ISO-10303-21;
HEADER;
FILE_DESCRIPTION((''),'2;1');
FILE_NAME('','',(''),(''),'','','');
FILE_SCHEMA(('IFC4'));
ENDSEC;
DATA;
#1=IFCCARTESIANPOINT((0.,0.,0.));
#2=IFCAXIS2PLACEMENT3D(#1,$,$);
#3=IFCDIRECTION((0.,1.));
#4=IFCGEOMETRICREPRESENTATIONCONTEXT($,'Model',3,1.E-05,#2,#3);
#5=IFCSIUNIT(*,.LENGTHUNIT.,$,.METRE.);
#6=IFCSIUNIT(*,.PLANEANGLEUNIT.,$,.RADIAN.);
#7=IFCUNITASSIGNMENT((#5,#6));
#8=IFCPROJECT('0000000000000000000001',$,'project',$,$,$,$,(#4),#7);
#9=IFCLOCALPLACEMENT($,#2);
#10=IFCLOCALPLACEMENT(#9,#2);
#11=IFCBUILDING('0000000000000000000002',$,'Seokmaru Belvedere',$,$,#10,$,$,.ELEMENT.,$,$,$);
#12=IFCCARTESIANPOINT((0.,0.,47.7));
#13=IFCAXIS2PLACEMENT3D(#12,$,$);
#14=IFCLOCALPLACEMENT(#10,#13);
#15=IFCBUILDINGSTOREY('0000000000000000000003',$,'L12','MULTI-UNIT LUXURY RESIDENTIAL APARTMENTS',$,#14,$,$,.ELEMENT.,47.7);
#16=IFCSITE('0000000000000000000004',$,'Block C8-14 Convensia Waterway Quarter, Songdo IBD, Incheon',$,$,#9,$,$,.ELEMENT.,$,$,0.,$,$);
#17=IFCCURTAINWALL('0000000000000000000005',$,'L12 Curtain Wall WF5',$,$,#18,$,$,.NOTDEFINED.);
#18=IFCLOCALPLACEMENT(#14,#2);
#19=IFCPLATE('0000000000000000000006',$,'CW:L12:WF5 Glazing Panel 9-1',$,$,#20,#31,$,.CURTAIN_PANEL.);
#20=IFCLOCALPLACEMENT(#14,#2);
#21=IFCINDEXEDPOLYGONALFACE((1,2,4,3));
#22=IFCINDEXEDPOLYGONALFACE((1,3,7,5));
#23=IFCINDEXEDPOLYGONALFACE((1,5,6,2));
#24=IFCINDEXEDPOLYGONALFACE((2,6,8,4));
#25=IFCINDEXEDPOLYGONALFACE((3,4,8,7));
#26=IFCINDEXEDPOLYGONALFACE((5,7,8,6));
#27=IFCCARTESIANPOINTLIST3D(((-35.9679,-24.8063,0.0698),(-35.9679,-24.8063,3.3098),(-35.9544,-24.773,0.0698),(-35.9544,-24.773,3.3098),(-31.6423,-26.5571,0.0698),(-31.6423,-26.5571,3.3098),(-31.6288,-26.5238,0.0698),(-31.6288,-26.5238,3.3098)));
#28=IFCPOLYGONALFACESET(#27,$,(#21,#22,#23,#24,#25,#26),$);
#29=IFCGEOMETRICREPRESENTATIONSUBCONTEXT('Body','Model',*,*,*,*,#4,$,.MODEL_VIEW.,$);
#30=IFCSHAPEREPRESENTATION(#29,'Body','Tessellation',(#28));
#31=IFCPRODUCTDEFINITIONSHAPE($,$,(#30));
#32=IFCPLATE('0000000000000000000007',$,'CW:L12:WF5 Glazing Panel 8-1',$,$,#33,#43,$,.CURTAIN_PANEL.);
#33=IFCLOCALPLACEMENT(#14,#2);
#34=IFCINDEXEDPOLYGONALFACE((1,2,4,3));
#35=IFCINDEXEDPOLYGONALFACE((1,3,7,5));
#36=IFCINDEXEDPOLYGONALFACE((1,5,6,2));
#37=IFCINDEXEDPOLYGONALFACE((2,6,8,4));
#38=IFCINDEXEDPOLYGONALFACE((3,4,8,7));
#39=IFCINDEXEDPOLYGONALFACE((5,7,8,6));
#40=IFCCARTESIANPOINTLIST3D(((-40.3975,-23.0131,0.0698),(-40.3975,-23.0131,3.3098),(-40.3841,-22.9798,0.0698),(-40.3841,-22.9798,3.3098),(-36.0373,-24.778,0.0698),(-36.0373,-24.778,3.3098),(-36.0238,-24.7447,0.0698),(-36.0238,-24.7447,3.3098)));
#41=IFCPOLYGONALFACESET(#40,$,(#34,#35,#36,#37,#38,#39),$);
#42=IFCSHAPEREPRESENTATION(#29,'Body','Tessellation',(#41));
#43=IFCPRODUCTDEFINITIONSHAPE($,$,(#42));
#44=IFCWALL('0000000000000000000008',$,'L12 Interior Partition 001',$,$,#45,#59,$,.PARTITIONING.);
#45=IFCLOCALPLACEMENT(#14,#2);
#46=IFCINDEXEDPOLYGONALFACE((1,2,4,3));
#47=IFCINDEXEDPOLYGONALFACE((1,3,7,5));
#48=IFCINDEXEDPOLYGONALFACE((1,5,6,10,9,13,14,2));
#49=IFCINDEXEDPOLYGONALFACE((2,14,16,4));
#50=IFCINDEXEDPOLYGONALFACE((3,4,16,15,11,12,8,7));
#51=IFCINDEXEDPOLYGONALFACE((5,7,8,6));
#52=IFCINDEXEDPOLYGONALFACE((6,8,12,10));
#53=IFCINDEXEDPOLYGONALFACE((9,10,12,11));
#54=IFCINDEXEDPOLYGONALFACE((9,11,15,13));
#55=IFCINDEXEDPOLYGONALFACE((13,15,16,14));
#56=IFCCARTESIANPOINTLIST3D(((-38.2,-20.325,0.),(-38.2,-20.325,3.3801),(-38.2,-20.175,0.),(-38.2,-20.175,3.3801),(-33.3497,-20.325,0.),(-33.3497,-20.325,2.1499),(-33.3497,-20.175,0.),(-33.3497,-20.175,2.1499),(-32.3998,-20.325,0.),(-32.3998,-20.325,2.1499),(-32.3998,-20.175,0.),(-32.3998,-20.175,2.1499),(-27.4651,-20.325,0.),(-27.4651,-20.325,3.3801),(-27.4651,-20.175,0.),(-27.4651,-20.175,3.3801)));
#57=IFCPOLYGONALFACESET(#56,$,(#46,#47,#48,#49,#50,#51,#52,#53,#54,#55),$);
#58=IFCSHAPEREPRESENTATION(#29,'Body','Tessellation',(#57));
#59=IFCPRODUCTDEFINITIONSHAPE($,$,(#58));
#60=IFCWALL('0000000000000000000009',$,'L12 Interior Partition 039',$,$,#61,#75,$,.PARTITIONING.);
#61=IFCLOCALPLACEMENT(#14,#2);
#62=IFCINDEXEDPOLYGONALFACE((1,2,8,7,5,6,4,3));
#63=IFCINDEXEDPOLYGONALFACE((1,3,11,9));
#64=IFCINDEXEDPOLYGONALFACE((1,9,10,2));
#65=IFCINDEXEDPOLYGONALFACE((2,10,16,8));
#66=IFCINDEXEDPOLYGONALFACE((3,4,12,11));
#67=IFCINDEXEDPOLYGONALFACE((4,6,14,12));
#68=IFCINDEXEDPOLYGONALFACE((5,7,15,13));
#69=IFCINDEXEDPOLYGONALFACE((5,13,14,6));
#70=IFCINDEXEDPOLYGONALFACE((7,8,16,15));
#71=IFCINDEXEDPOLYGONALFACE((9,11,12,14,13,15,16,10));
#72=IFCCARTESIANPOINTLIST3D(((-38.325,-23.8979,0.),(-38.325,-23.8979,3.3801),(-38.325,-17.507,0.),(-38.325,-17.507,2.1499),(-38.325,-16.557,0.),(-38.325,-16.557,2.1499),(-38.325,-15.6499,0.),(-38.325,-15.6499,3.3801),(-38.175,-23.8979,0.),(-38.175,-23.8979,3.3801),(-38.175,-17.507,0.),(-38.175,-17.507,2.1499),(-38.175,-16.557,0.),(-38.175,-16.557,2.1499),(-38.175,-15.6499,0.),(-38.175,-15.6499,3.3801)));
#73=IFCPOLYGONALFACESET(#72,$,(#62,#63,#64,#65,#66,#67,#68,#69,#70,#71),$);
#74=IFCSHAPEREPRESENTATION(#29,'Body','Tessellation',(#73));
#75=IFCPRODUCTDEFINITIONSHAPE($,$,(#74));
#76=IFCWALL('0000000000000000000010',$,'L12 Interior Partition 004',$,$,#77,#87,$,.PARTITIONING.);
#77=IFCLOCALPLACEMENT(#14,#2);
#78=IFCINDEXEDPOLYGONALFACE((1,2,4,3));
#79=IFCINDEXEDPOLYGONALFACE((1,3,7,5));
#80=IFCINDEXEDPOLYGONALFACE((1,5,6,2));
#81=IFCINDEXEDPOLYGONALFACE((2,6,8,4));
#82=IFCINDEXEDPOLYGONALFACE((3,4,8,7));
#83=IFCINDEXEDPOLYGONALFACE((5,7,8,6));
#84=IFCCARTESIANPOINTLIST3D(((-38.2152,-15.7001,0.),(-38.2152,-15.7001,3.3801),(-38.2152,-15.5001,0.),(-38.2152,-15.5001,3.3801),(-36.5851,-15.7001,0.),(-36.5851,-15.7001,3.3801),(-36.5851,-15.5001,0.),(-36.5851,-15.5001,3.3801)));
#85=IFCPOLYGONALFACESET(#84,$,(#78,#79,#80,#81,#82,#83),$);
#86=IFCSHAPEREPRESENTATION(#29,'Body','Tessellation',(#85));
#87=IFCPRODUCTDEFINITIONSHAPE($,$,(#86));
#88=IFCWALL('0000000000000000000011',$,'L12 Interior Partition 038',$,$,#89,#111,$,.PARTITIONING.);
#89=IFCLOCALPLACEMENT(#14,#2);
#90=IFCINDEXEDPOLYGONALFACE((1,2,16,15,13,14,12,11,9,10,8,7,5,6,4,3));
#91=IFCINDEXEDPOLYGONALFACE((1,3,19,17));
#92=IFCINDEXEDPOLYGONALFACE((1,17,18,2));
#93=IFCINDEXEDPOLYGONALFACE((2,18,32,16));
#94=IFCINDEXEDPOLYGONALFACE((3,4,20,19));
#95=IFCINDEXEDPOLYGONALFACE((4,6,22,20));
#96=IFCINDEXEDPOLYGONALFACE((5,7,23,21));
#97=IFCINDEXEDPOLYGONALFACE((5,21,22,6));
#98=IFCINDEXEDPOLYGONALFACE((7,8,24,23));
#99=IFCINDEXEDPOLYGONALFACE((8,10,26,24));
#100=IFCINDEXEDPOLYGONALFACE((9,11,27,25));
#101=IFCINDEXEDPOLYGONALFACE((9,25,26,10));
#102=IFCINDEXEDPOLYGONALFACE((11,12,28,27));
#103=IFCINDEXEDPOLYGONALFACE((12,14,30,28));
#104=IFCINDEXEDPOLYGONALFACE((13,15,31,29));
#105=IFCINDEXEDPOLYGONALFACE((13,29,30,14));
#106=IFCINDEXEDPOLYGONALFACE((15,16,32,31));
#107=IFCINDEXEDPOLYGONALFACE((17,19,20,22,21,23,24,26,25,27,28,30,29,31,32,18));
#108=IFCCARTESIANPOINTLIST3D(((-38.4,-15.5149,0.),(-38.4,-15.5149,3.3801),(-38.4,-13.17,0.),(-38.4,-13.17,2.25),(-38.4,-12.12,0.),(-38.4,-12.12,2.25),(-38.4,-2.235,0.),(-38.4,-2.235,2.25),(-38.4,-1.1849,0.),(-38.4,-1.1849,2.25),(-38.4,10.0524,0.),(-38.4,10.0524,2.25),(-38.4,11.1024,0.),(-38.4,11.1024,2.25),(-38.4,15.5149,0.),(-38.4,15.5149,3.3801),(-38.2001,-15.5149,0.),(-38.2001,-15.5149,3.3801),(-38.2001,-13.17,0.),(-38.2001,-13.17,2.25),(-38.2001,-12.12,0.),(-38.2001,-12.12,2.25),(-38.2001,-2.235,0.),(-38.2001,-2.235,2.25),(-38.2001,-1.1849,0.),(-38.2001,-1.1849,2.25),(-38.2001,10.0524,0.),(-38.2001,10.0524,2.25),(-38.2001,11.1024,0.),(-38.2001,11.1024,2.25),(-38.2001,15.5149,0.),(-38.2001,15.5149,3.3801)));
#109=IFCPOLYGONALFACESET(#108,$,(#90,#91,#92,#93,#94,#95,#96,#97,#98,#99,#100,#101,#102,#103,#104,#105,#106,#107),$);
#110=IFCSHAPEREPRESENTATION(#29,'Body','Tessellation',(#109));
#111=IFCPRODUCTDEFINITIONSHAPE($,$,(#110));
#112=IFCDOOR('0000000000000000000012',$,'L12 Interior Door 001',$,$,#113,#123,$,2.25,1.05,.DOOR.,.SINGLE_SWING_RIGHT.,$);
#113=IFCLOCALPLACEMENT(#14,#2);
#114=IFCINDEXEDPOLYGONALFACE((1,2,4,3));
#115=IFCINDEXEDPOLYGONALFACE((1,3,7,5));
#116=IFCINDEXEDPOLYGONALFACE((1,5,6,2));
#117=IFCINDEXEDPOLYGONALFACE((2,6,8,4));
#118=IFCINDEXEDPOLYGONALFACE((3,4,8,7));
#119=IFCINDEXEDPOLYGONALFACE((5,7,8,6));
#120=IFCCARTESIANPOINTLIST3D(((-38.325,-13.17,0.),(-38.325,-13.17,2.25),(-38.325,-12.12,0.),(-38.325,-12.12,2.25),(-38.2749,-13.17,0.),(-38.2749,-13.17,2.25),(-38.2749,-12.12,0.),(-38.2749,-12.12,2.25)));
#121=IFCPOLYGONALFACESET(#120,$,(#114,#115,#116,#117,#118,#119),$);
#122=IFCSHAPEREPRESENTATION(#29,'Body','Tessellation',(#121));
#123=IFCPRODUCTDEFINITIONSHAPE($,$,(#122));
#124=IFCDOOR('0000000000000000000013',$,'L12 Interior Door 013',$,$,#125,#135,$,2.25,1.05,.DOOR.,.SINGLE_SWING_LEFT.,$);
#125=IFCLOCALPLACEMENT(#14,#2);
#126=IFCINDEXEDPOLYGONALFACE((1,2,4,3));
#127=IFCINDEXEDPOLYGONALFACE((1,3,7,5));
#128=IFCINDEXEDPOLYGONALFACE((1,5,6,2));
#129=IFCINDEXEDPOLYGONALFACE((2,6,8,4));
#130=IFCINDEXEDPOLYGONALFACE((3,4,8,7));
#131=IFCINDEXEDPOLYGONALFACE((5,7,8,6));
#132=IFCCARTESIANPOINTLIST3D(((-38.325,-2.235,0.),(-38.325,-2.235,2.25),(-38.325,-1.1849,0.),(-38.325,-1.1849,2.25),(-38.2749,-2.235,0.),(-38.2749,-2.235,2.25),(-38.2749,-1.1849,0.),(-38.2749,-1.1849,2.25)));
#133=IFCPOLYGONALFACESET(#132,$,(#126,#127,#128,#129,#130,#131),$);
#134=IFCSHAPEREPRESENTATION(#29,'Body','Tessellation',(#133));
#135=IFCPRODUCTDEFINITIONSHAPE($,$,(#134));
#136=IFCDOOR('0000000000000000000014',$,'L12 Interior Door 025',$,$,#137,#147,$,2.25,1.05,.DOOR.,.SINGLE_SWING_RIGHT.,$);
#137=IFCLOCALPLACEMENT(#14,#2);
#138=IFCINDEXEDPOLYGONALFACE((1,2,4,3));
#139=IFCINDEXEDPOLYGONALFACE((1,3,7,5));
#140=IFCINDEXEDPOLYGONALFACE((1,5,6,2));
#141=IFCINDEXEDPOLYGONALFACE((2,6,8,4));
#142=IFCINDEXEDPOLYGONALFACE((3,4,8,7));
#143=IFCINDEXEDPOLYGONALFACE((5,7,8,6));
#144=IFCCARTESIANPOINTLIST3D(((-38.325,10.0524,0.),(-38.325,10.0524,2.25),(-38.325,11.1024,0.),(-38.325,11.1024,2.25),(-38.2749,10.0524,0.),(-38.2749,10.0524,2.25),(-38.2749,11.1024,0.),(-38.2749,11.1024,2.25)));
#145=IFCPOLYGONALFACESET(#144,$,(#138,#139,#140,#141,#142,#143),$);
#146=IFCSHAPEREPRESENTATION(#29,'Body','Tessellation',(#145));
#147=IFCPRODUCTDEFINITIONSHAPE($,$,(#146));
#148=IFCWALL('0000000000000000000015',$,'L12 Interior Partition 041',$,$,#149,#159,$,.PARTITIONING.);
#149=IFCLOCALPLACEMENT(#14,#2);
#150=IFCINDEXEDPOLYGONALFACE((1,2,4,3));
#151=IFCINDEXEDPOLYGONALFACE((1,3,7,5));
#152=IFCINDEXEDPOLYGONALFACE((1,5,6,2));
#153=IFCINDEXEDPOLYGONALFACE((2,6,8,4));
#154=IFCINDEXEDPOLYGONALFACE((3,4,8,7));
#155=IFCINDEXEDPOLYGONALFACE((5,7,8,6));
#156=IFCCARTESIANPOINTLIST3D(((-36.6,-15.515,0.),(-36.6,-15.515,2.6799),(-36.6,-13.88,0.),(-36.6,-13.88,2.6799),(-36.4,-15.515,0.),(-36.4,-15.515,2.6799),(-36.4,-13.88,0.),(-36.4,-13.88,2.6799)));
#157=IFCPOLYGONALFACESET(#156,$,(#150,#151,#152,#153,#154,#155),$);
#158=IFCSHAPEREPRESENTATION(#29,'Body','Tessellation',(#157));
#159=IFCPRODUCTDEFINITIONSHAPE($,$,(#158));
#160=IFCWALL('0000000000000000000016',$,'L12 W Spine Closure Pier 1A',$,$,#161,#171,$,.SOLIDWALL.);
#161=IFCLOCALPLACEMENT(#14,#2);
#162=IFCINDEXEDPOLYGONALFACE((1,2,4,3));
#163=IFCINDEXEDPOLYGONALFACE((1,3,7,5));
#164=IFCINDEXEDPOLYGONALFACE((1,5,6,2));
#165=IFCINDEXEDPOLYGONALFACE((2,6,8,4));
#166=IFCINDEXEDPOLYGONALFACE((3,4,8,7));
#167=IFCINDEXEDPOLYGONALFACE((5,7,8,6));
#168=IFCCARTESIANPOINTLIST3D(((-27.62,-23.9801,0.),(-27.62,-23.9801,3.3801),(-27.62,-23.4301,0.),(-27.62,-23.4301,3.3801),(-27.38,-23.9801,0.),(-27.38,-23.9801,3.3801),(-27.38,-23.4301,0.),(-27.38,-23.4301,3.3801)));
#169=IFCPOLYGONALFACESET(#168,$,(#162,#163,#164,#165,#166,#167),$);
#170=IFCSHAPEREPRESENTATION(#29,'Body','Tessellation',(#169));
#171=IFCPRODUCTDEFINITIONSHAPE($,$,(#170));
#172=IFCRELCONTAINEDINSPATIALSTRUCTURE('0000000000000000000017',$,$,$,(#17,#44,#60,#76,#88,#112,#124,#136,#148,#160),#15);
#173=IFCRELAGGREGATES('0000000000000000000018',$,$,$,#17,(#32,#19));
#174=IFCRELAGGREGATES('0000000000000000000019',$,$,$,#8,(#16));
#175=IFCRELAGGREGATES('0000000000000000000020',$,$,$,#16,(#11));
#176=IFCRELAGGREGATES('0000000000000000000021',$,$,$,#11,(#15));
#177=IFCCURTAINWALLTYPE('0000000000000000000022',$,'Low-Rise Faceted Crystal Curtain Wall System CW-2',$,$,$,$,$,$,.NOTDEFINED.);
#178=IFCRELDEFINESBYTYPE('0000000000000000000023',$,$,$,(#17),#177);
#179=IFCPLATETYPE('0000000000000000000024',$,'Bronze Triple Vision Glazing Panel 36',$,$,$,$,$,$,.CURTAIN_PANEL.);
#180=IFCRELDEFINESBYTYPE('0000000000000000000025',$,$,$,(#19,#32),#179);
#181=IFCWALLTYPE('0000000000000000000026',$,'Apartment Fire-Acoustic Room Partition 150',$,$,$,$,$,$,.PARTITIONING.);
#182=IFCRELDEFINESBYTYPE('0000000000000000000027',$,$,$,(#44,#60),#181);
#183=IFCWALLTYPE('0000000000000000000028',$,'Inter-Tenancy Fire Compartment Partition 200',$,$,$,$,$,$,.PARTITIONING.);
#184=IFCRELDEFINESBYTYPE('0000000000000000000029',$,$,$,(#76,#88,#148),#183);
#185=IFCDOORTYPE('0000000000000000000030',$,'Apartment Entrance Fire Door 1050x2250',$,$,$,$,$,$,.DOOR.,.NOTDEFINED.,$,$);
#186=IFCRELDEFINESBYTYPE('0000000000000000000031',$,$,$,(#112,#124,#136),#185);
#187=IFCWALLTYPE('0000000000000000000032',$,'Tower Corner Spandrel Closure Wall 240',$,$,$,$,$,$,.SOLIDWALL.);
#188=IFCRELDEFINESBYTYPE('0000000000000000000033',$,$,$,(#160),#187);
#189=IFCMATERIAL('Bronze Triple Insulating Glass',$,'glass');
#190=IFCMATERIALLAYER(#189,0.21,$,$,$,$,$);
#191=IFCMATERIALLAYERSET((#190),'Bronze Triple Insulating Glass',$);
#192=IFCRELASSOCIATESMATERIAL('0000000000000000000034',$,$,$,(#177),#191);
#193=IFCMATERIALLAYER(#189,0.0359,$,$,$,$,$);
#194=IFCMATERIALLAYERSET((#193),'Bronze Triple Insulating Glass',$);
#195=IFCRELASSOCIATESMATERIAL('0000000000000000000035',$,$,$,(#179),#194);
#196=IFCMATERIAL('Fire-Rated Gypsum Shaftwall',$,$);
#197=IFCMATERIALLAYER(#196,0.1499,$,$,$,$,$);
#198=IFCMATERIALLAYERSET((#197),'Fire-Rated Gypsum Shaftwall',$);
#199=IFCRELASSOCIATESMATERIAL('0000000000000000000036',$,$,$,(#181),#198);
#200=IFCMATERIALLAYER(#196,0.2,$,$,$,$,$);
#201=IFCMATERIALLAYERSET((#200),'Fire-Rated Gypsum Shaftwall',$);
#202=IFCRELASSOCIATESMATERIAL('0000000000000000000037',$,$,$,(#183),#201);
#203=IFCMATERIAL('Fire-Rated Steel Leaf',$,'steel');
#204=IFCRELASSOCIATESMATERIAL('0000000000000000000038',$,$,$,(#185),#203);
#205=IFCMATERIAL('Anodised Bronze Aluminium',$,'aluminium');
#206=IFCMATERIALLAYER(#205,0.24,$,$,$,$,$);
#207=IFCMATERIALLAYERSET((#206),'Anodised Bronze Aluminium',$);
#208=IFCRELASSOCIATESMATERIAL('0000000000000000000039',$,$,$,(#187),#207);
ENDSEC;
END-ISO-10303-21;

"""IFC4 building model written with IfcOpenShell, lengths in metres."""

from ifc_helpers import new_model, si_unit, direction, frame, frame_2d, origin, origin_2d, place, context, subcontext, project, spatial, rectangle, extrude, source, transform, mapped, material, layer, layer_set, type_object, type_shapes, element, fill, aggregate, save


model = new_model("IFC4")

# Units and contexts
model_context = context("Model", 3, precision=1e-05, world=origin(), true_north=direction((0.0, 1.0)))
body_context = subcontext(model_context, "Body", "Model", "MODEL_VIEW")
ifc_project = project(units=[si_unit("LENGTHUNIT", "METRE"), si_unit("PLANEANGLEUNIT", "RADIAN")], contexts=[model_context])

# Site, building, storey
site_placement = place(None, origin())
site = spatial("IfcSite", under=ifc_project, at=site_placement, Name="Block C8-14 Convensia Waterway Quarter, Songdo IBD, Incheon", CompositionType="ELEMENT", RefElevation=0.0)
building_placement = place(site_placement, origin())
building = spatial("IfcBuilding", under=site, at=building_placement, Name="Seokmaru Belvedere", CompositionType="ELEMENT")
storey_placement = place(building_placement, frame((0.0, 0.0, 47.7)))
storey = spatial("IfcBuildingStorey", under=building, at=storey_placement, Name="L12", Description="MULTI-UNIT LUXURY RESIDENTIAL APARTMENTS", CompositionType="ELEMENT", Elevation=47.7)

# Curtain wall
ifc_material_1 = material(Name="Bronze Triple Insulating Glass", Category="glass")
ifc_layer_1 = layer(ifc_material_1, 0.21)
ifc_layer_set_1 = layer_set([ifc_layer_1], Name="Bronze Triple Insulating Glass")
curtain_wall_type = type_object("IfcCurtainWallType", Name="Low-Rise Faceted Crystal Curtain Wall System CW-2", PredefinedType="NOTDEFINED", material=ifc_layer_set_1)
ifc_material_2 = material(Name="Anodised Bronze Aluminium", Category="aluminium")
curtain_wall_1_placement = place(storey_placement, origin())
curtain_wall_1 = element("IfcCurtainWall", 1, at=curtain_wall_1_placement, inside=storey, type_object=curtain_wall_type, Name="L12 Curtain Wall WF5", PredefinedType="NOTDEFINED")

# Plates
ifc_layer_2 = layer(ifc_material_1, 0.0359)
ifc_layer_set_2 = layer_set([ifc_layer_2], Name="Bronze Triple Insulating Glass")
plate_type = type_object("IfcPlateType", Name="Bronze Triple Vision Glazing Panel 36", PredefinedType="CURTAIN_PANEL", material=ifc_layer_set_2)
shared_shape_1 = source(origin(), body_context, "Body", "SweptSolid", [
    extrude(rectangle(XDim=4.6665, YDim=0.0359, at=origin_2d()), origin(), (0.0, 0.0, 1.0), 3.24),
])
plate_1_placement = place(storey_placement, frame((-33.7983, -25.665, 0.0698), z_axis=(0.0, 0.0, 1.0), x_axis=(0.926947, -0.375192, 0.0)))
plate_1 = element("IfcPlate", 2, at=plate_1_placement, type_object=plate_type, Name="CW:L12:WF5 Glazing Panel 9-1", PredefinedType="CURTAIN_PANEL", context=body_context, shape_type="MappedRepresentation", body=[
    mapped(shared_shape_1, transform((0.0, 0.0, 0.0), scale=1.0)),
])
shared_shape_2 = source(origin(), body_context, "Body", "SweptSolid", [
    extrude(rectangle(XDim=4.7039, YDim=0.0359, at=origin_2d()), origin(), (0.0, 0.0, 1.0), 3.24),
])
plate_2_placement = place(storey_placement, frame((-38.2107, -23.8789, 0.0698), z_axis=(0.0, 0.0, 1.0), x_axis=(0.926947, -0.375192, 0.0)))
plate_2 = element("IfcPlate", 3, at=plate_2_placement, type_object=plate_type, Name="CW:L12:WF5 Glazing Panel 8-1", PredefinedType="CURTAIN_PANEL", context=body_context, shape_type="MappedRepresentation", body=[
    mapped(shared_shape_2, transform((0.0, 0.0, 0.0), scale=1.0)),
])
aggregate(curtain_wall_1, [plate_2, plate_1])

# Walls, openings
ifc_material_3 = material(Name="Fire-Rated Gypsum Shaftwall")
ifc_layer_3 = layer(ifc_material_3, 0.1499)
ifc_layer_set_3 = layer_set([ifc_layer_3], Name="Fire-Rated Gypsum Shaftwall")
wall_type_1 = type_object("IfcWallType", Name="Apartment Fire-Acoustic Room Partition 150", PredefinedType="PARTITIONING", material=ifc_layer_set_3)
wall_1_placement = place(storey_placement, frame((-38.2, -20.25, 0.0), z_axis=(0.0, 0.0, 1.0), x_axis=(1.0, 0.0, 0.0)))
wall_1 = element("IfcWall", 4, at=wall_1_placement, inside=storey, type_object=wall_type_1, Name="L12 Interior Partition 001", PredefinedType="PARTITIONING", context=body_context, shape_type="SweptSolid", body=[
    extrude(rectangle(XDim=10.7349, YDim=0.1499, at=frame_2d((5.3674, 0.0))), origin(), (0.0, 0.0, 1.0), 3.3801),
])
opening_1_placement = place(wall_1_placement, frame((4.8501, 0.0, 0.0)))
element("IfcOpeningElement", 5, at=opening_1_placement, cuts=wall_1, PredefinedType="OPENING", context=body_context, shape_type="SweptSolid", body=[
    extrude(rectangle(XDim=0.95, YDim=2.1499, at=frame_2d((0.4751, 1.075))), frame((0.0, 0.085, 0.0), z_axis=(0.0, -1.0, 0.0), x_axis=(1.0, 0.0, 0.0)), (0.0, 0.0, 1.0), 0.1699),
])
wall_2_placement = place(storey_placement, frame((-38.25, -23.8979, 0.0), z_axis=(0.0, 0.0, 1.0), x_axis=(0.0, 1.0, 0.0)))
wall_2 = element("IfcWall", 6, at=wall_2_placement, inside=storey, type_object=wall_type_1, Name="L12 Interior Partition 039", PredefinedType="PARTITIONING", context=body_context, shape_type="SweptSolid", body=[
    extrude(rectangle(XDim=8.248, YDim=0.1499, at=frame_2d((4.124, 0.0))), origin(), (0.0, 0.0, 1.0), 3.3801),
])
opening_2_placement = place(wall_2_placement, frame((6.3909, 0.0, 0.0)))
element("IfcOpeningElement", 7, at=opening_2_placement, cuts=wall_2, PredefinedType="OPENING", context=body_context, shape_type="SweptSolid", body=[
    extrude(rectangle(XDim=0.95, YDim=2.1499, at=frame_2d((0.4751, 1.075))), frame((0.0, 0.085, 0.0), z_axis=(0.0, -1.0, 0.0), x_axis=(1.0, 0.0, 0.0)), (0.0, 0.0, 1.0), 0.1699),
])

# Wall
ifc_layer_4 = layer(ifc_material_3, 0.2)
ifc_layer_set_4 = layer_set([ifc_layer_4], Name="Fire-Rated Gypsum Shaftwall")
wall_type_2 = type_object("IfcWallType", Name="Inter-Tenancy Fire Compartment Partition 200", PredefinedType="PARTITIONING", material=ifc_layer_set_4)
wall_3_placement = place(storey_placement, frame((-38.2151, -15.6001, 0.0), z_axis=(0.0, 0.0, 1.0), x_axis=(1.0, 0.0, 0.0)))
element("IfcWall", 8, at=wall_3_placement, inside=storey, type_object=wall_type_2, Name="L12 Interior Partition 004", PredefinedType="PARTITIONING", context=body_context, shape_type="SweptSolid", body=[
    extrude(rectangle(XDim=1.6301, YDim=0.2, at=frame_2d((0.8149, 0.0))), origin(), (0.0, 0.0, 1.0), 3.3801),
])

# Wall, openings, doors
wall_4_placement = place(storey_placement, frame((-38.3, -15.5149, 0.0), z_axis=(0.0, 0.0, 1.0), x_axis=(0.0, 1.0, 0.0)))
wall_4 = element("IfcWall", 9, at=wall_4_placement, inside=storey, type_object=wall_type_2, Name="L12 Interior Partition 038", PredefinedType="PARTITIONING", context=body_context, shape_type="SweptSolid", body=[
    extrude(rectangle(XDim=31.0298, YDim=0.2, at=frame_2d((15.5149, 0.0))), origin(), (0.0, 0.0, 1.0), 3.3801),
])
opening_3_placement = place(wall_4_placement, frame((2.345, 0.0, 0.0)))
opening_3 = element("IfcOpeningElement", 10, at=opening_3_placement, cuts=wall_4, PredefinedType="OPENING", context=body_context, shape_type="SweptSolid", body=[
    extrude(rectangle(XDim=1.05, YDim=2.25, at=frame_2d((0.5249, 1.125))), frame((0.0, 0.1099, 0.0), z_axis=(0.0, -1.0, 0.0), x_axis=(1.0, 0.0, 0.0)), (0.0, 0.0, 1.0), 0.22),
])
opening_4_placement = place(wall_4_placement, frame((13.28, 0.0, 0.0)))
opening_4 = element("IfcOpeningElement", 11, at=opening_4_placement, cuts=wall_4, PredefinedType="OPENING", context=body_context, shape_type="SweptSolid", body=[
    extrude(rectangle(XDim=1.05, YDim=2.25, at=frame_2d((0.5249, 1.125))), frame((0.0, 0.1099, 0.0), z_axis=(0.0, -1.0, 0.0), x_axis=(1.0, 0.0, 0.0)), (0.0, 0.0, 1.0), 0.22),
])
opening_5_placement = place(wall_4_placement, frame((25.5674, 0.0, 0.0)))
opening_5 = element("IfcOpeningElement", 12, at=opening_5_placement, cuts=wall_4, PredefinedType="OPENING", context=body_context, shape_type="SweptSolid", body=[
    extrude(rectangle(XDim=1.05, YDim=2.25, at=frame_2d((0.5249, 1.125))), frame((0.0, 0.1099, 0.0), z_axis=(0.0, -1.0, 0.0), x_axis=(1.0, 0.0, 0.0)), (0.0, 0.0, 1.0), 0.22),
])
ifc_material_4 = material(Name="Fire-Rated Steel Leaf", Category="steel")
door_type = type_object("IfcDoorType", Name="Apartment Entrance Fire Door 1050x2250", OperationType="NOTDEFINED", PredefinedType="DOOR", material=ifc_material_4)
shared_shape_3 = source(origin(), body_context, "Body", "SweptSolid", [
    extrude(rectangle(XDim=1.05, YDim=2.25, at=frame_2d((0.5249, 1.125))), frame((0.0, 0.0249, 0.0), z_axis=(0.0, -1.0, 0.0), x_axis=(1.0, 0.0, 0.0)), (0.0, 0.0, 1.0), 0.05),
])
type_shapes(door_type, [shared_shape_3])
door_1_placement = place(opening_3_placement, origin())
door_1 = element("IfcDoor", 13, at=door_1_placement, inside=storey, type_object=door_type, Name="L12 Interior Door 001", OperationType="SINGLE_SWING_RIGHT", OverallHeight=2.25, OverallWidth=1.05, PredefinedType="DOOR", context=body_context, shape_type="MappedRepresentation", body=[
    mapped(shared_shape_3, transform((0.0, 0.0, 0.0), scale=1.0)),
])
fill(opening_3, door_1)
door_2_placement = place(opening_4_placement, origin())
door_2 = element("IfcDoor", 14, at=door_2_placement, inside=storey, type_object=door_type, Name="L12 Interior Door 013", OperationType="SINGLE_SWING_LEFT", OverallHeight=2.25, OverallWidth=1.05, PredefinedType="DOOR", context=body_context, shape_type="MappedRepresentation", body=[
    mapped(shared_shape_3, transform((0.0, 0.0, 0.0), scale=1.0)),
])
fill(opening_4, door_2)
door_3_placement = place(opening_5_placement, origin())
door_3 = element("IfcDoor", 15, at=door_3_placement, inside=storey, type_object=door_type, Name="L12 Interior Door 025", OperationType="SINGLE_SWING_RIGHT", OverallHeight=2.25, OverallWidth=1.05, PredefinedType="DOOR", context=body_context, shape_type="MappedRepresentation", body=[
    mapped(shared_shape_3, transform((0.0, 0.0, 0.0), scale=1.0)),
])
fill(opening_5, door_3)

# Walls
wall_5_placement = place(storey_placement, frame((-36.5, -15.5149, 0.0), z_axis=(0.0, 0.0, 1.0), x_axis=(0.0, 1.0, 0.0)))
element("IfcWall", 16, at=wall_5_placement, inside=storey, type_object=wall_type_2, Name="L12 Interior Partition 041", PredefinedType="PARTITIONING", context=body_context, shape_type="SweptSolid", body=[
    extrude(rectangle(XDim=1.635, YDim=0.2, at=frame_2d((0.8174, 0.0))), origin(), (0.0, 0.0, 1.0), 2.6799),
])
ifc_layer_5 = layer(ifc_material_2, 0.24)
ifc_layer_set_5 = layer_set([ifc_layer_5], Name="Anodised Bronze Aluminium")
wall_type_3 = type_object("IfcWallType", Name="Tower Corner Spandrel Closure Wall 240", PredefinedType="SOLIDWALL", material=ifc_layer_set_5)
wall_6_placement = place(storey_placement, frame((-27.5, -23.98, 0.0), z_axis=(0.0, 0.0, 1.0), x_axis=(0.0, 1.0, 0.0)))
element("IfcWall", 17, at=wall_6_placement, inside=storey, type_object=wall_type_3, Name="L12 W Spine Closure Pier 1A", PredefinedType="SOLIDWALL", context=body_context, shape_type="SweptSolid", body=[
    extrude(rectangle(XDim=0.55, YDim=0.24, at=frame_2d((0.2749, 0.0))), origin(), (0.0, 0.0, 1.0), 3.3801),
])

save(model, "model.ifc")
